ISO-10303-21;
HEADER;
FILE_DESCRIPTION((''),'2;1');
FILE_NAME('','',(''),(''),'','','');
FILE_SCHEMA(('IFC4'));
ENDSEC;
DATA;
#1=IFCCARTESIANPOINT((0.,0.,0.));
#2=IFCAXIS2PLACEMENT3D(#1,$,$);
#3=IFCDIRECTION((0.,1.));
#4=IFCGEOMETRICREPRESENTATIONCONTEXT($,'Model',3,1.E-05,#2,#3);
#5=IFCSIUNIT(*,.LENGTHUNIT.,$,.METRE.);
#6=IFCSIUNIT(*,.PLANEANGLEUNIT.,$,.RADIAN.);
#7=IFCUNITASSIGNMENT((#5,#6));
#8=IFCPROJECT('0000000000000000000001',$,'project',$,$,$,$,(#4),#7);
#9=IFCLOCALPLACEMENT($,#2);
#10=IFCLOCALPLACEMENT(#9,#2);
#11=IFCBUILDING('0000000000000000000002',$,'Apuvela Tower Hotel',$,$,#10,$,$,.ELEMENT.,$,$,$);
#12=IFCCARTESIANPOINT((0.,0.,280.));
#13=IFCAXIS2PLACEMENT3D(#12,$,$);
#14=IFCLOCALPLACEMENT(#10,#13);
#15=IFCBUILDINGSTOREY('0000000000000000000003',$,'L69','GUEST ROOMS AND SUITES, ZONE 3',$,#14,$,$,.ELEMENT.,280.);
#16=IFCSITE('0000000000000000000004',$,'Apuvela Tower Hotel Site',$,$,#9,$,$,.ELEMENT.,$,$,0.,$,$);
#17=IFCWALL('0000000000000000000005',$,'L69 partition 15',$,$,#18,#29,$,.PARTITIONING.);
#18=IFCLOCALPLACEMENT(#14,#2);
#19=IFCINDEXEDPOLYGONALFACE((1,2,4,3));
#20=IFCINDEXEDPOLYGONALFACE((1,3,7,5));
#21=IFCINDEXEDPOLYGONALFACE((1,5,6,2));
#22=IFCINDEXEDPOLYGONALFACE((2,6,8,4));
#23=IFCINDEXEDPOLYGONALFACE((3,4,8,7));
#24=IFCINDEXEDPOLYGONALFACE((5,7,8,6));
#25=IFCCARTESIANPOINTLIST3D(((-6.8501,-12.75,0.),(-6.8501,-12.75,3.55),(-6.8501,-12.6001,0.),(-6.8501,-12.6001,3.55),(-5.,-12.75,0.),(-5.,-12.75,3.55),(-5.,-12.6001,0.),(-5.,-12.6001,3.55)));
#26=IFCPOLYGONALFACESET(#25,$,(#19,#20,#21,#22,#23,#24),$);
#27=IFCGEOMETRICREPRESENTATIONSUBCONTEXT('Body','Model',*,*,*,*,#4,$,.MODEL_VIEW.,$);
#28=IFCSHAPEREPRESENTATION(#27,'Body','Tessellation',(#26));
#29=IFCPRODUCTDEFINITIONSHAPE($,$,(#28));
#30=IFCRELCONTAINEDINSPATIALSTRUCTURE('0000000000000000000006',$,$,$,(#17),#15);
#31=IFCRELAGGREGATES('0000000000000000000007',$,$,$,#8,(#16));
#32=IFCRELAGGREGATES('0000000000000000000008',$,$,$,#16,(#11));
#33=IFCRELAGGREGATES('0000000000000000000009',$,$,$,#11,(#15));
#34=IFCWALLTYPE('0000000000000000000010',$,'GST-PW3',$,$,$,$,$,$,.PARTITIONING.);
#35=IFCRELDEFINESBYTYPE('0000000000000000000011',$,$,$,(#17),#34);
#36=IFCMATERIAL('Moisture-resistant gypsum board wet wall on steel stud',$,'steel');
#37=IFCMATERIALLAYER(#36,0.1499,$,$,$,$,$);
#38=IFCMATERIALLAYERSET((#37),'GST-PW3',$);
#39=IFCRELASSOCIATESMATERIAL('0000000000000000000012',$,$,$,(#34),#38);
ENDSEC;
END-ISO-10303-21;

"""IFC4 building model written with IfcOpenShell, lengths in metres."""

from ifc_helpers import new_model, si_unit, direction, frame, frame_2d, origin, place, context, subcontext, project, spatial, rectangle, extrude, material, layer, layer_set, type_object, element, save


model = new_model("IFC4")

# Units and contexts
model_context = context("Model", 3, precision=1e-05, world=origin(), true_north=direction((0.0, 1.0)))
body_context = subcontext(model_context, "Body", "Model", "MODEL_VIEW")
ifc_project = project(units=[si_unit("LENGTHUNIT", "METRE"), si_unit("PLANEANGLEUNIT", "RADIAN")], contexts=[model_context])

# Site, building, storey
site_placement = place(None, origin())
site = spatial("IfcSite", under=ifc_project, at=site_placement, Name="Apuvela Tower Hotel Site", CompositionType="ELEMENT", RefElevation=0.0)
building_placement = place(site_placement, origin())
building = spatial("IfcBuilding", under=site, at=building_placement, Name="Apuvela Tower Hotel", CompositionType="ELEMENT")
storey_placement = place(building_placement, frame((0.0, 0.0, 280.0)))
storey = spatial("IfcBuildingStorey", under=building, at=storey_placement, Name="L69", Description="GUEST ROOMS AND SUITES, ZONE 3", CompositionType="ELEMENT", Elevation=280.0)

# Shared definitions
ifc_material_1 = material(Name="Moisture-resistant gypsum board wet wall on steel stud", Category="steel")
ifc_layer_1 = layer(ifc_material_1, 0.1499)
ifc_layer_set_1 = layer_set([ifc_layer_1], Name="GST-PW3")
wall_type_1 = type_object("IfcWallType", Name="GST-PW3", PredefinedType="PARTITIONING", material=ifc_layer_set_1)

# Wall
for number, where, z_axis, x_axis, name in (
    (1, (-6.8501, -12.675, 0.0), (0.0, 0.0, 1.0), (1.0, 0.0, 0.0), "L69 partition 15"),
):
    element("IfcWall", number, at=place(storey_placement, frame(where, z_axis=z_axis, x_axis=x_axis)), inside=storey, type_object=wall_type_1, Name=name, PredefinedType="PARTITIONING", context=body_context, shape_type="SweptSolid", body=[
        extrude(rectangle(XDim=1.8501, YDim=0.1499, at=frame_2d((0.925, 0.0))), origin(), (0.0, 0.0, 1.0), 3.55),
    ])

save(model, "model.ifc")
